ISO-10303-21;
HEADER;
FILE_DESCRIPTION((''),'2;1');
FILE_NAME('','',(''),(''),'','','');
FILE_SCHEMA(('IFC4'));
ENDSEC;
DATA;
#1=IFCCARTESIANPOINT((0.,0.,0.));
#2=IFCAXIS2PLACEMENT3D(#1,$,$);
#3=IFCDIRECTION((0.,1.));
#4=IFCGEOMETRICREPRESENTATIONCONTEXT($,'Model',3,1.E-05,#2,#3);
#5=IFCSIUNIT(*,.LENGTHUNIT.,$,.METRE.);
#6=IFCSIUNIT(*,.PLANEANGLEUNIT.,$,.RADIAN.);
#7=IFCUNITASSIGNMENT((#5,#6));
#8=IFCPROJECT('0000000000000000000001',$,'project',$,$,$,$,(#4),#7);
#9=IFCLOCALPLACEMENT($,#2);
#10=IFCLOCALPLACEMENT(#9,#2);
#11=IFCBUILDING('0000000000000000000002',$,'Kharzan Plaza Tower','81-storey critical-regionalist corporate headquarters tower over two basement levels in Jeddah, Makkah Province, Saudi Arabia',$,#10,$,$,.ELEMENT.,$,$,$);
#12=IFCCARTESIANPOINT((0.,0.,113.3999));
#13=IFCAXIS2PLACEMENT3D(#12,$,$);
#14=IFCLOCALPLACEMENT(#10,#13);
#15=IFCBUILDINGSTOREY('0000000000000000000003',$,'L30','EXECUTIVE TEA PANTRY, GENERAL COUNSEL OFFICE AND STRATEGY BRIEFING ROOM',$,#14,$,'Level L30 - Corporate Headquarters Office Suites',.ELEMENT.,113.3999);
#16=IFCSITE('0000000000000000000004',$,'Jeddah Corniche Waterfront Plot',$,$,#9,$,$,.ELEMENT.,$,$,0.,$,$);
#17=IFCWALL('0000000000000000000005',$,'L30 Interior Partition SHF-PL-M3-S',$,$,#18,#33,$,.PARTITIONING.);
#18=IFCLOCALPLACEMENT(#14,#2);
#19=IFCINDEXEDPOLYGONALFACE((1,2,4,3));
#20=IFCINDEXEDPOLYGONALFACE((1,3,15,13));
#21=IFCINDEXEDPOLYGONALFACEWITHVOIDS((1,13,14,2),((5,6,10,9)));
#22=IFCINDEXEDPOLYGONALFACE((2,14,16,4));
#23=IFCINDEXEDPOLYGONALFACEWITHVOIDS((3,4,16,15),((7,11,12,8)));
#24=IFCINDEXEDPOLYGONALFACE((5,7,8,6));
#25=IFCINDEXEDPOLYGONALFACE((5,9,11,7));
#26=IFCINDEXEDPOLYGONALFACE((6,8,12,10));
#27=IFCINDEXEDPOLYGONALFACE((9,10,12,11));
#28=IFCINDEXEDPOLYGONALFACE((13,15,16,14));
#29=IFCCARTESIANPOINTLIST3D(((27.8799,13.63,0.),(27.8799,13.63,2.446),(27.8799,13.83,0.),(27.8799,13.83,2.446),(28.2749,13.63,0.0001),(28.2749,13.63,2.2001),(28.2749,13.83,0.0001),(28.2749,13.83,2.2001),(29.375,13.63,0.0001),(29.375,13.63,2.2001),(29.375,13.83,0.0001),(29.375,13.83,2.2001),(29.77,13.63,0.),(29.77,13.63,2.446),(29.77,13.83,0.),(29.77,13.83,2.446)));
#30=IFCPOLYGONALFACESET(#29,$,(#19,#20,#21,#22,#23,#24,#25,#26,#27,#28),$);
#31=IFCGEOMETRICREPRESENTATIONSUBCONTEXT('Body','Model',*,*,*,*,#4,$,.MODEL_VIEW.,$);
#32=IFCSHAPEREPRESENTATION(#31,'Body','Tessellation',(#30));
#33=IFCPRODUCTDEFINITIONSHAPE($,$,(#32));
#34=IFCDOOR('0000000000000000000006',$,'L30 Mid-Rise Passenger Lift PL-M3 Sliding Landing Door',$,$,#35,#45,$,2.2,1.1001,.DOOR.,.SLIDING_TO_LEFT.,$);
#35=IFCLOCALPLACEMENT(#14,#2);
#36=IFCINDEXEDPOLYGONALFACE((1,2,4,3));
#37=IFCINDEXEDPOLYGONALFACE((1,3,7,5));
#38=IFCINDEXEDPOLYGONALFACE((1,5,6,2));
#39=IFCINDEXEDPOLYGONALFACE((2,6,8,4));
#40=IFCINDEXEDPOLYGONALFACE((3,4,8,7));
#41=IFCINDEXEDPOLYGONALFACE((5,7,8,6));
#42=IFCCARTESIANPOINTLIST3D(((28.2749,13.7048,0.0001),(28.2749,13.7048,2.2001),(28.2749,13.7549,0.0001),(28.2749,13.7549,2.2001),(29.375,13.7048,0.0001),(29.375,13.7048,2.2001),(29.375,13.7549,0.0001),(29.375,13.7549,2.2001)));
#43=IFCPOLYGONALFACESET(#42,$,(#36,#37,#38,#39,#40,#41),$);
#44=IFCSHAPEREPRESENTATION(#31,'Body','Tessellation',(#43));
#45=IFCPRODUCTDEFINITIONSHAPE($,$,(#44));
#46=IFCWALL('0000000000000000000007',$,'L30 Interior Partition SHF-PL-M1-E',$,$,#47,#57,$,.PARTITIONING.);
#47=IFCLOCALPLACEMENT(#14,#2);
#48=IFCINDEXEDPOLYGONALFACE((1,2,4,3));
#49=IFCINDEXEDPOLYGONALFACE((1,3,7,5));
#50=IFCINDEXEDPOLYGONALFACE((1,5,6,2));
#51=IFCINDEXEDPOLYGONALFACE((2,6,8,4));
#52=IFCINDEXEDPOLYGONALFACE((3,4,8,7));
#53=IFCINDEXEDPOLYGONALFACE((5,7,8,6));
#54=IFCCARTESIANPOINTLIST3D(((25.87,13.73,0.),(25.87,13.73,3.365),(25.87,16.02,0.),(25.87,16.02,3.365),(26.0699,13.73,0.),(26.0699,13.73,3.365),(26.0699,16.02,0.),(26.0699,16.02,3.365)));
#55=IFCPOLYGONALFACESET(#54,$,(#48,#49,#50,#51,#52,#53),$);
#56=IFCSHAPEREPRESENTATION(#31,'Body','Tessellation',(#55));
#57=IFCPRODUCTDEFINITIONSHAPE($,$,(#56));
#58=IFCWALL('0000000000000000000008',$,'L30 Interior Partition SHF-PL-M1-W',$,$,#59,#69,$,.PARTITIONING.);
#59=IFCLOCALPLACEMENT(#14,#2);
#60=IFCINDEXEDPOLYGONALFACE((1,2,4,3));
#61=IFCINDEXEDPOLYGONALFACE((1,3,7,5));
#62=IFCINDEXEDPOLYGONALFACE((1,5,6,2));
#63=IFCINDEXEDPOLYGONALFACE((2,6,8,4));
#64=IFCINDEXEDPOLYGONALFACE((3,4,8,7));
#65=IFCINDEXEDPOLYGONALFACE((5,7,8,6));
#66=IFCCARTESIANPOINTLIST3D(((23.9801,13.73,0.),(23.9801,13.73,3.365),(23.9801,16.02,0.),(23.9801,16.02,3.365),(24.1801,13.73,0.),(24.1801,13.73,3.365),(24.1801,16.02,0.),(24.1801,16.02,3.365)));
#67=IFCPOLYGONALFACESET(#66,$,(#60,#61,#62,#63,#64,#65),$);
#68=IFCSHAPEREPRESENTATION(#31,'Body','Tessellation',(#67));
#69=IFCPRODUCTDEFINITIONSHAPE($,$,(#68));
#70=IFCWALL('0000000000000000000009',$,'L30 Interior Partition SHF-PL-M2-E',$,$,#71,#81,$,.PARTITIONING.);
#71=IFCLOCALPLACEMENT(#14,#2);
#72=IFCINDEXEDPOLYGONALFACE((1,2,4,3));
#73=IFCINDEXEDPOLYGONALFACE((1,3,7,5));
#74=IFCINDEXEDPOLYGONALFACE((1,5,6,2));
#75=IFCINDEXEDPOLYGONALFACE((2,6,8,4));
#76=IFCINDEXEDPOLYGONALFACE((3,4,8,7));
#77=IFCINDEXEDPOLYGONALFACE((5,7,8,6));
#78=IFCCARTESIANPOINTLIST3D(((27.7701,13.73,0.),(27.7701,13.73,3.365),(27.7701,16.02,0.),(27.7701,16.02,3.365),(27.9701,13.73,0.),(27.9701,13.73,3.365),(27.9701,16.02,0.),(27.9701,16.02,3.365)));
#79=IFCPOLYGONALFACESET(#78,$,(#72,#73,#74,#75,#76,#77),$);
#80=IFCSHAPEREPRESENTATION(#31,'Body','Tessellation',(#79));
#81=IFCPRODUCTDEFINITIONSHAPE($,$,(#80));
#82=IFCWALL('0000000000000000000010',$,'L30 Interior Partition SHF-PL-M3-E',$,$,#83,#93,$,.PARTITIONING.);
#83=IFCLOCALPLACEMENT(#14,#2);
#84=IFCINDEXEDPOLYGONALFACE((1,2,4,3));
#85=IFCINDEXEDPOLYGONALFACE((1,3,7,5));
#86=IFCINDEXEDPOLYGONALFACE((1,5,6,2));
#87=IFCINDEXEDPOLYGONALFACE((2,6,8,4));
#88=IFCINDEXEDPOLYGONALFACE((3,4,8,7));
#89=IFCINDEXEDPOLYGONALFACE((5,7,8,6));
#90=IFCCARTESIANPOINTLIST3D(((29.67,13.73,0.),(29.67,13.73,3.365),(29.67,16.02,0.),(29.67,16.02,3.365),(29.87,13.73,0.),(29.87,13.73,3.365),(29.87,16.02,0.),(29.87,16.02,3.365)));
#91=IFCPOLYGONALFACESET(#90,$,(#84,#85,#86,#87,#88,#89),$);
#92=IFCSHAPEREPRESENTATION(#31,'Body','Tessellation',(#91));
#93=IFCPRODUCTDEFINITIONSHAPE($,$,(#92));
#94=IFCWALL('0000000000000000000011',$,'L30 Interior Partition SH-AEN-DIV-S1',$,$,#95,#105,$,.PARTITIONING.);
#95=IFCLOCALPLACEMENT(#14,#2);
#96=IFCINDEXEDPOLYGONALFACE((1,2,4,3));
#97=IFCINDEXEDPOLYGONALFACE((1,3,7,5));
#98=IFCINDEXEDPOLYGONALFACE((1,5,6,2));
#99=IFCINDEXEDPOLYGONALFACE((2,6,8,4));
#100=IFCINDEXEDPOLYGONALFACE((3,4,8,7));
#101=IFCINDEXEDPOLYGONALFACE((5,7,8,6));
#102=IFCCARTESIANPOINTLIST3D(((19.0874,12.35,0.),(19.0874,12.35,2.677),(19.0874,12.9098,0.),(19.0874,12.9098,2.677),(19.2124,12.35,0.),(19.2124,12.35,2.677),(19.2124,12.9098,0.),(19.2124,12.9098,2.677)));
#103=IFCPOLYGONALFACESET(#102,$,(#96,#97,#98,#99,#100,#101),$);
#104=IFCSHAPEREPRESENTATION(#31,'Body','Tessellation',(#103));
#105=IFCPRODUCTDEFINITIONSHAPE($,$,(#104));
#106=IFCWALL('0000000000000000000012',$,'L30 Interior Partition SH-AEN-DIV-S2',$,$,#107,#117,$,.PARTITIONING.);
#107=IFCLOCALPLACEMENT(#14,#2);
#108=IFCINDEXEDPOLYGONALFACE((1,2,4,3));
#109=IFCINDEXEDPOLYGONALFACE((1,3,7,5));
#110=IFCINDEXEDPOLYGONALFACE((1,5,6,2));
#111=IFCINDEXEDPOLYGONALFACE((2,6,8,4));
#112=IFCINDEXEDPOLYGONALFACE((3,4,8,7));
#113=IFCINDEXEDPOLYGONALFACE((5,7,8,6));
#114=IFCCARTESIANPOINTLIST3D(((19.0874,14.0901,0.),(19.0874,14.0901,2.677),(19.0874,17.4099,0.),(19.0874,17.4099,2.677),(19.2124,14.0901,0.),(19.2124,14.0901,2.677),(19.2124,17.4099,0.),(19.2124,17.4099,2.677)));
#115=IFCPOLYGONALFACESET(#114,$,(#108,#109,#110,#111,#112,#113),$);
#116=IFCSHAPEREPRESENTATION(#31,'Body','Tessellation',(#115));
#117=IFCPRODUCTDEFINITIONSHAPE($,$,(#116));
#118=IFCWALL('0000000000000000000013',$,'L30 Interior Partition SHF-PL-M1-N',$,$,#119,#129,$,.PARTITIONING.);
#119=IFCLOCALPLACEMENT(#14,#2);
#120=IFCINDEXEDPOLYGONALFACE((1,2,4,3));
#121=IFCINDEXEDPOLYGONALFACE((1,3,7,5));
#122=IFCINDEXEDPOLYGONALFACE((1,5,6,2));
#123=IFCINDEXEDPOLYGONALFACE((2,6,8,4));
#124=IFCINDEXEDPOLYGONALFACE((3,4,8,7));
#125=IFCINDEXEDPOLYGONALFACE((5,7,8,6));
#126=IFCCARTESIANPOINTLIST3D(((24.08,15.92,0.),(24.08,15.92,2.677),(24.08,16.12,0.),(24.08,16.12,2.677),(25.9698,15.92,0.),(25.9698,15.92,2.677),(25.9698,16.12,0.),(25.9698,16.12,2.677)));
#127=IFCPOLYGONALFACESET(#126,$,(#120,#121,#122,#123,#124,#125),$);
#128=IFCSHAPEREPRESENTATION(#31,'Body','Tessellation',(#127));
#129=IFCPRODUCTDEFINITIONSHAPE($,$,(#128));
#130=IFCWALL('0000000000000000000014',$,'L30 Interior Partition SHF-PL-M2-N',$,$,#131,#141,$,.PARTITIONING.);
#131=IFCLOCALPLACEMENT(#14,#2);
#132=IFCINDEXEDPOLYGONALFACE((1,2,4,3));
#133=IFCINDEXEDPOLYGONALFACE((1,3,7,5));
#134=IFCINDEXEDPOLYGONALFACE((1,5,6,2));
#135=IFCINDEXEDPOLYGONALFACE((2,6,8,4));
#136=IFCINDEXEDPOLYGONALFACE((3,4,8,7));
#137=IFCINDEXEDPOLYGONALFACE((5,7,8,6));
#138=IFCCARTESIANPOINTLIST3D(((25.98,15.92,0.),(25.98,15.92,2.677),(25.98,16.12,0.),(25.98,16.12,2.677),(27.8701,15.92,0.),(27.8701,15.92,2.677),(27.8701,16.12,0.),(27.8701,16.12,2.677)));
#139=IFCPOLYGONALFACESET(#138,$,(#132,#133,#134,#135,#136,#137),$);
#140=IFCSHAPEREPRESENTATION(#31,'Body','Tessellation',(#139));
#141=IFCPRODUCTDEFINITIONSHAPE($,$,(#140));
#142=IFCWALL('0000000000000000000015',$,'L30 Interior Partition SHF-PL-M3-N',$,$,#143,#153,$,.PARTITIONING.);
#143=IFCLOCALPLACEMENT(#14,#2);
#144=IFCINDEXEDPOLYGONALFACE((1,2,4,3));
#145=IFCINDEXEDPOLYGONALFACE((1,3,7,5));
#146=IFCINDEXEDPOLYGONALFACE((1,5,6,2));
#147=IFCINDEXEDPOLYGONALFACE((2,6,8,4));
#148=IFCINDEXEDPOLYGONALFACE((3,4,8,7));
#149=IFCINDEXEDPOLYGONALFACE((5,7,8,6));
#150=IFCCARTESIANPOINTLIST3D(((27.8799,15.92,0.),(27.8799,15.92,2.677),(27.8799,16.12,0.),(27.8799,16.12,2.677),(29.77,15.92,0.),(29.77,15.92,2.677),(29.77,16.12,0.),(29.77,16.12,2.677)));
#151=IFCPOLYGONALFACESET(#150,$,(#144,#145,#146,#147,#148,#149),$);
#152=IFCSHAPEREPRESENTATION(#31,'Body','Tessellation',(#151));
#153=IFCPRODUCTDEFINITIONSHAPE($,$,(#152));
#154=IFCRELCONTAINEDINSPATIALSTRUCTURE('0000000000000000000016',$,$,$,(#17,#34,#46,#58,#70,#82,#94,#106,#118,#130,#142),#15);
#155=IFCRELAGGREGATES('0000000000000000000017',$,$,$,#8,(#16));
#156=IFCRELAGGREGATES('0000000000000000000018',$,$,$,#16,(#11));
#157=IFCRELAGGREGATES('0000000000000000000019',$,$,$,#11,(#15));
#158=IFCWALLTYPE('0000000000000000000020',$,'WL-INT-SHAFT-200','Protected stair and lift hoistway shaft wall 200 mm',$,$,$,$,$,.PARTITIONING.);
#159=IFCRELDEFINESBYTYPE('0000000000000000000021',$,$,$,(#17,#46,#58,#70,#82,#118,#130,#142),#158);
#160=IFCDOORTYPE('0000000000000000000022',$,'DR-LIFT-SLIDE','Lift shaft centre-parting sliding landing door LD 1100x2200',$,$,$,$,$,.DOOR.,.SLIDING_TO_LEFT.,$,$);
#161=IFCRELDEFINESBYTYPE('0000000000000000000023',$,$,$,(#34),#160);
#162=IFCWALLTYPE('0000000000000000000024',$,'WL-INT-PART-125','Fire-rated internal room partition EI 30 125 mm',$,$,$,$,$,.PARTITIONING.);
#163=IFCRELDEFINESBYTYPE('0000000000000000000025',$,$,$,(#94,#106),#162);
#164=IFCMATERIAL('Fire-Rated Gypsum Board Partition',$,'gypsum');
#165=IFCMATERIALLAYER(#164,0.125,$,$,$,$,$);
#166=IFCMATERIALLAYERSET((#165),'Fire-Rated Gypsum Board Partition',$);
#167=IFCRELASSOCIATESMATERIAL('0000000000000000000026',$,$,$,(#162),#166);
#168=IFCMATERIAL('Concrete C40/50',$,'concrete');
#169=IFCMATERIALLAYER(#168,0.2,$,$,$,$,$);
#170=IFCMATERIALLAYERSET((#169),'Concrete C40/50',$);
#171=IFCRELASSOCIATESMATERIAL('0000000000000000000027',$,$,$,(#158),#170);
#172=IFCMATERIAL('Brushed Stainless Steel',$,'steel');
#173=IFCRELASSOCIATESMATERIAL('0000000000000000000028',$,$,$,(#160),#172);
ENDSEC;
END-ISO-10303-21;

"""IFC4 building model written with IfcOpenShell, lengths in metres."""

from ifc_helpers import new_model, si_unit, direction, frame, frame_2d, origin, place, context, subcontext, project, spatial, rectangle, extrude, source, transform, mapped, material, layer, layer_set, type_object, element, fill, save


model = new_model("IFC4")

# Units and contexts
model_context = context("Model", 3, precision=1e-05, world=origin(), true_north=direction((0.0, 1.0)))
body_context = subcontext(model_context, "Body", "Model", "MODEL_VIEW")
ifc_project = project(units=[si_unit("LENGTHUNIT", "METRE"), si_unit("PLANEANGLEUNIT", "RADIAN")], contexts=[model_context])

# Site, building, storey
site_placement = place(None, origin())
site = spatial("IfcSite", under=ifc_project, at=site_placement, Name="Jeddah Corniche Waterfront Plot", CompositionType="ELEMENT", RefElevation=0.0)
building_placement = place(site_placement, origin())
building = spatial("IfcBuilding", under=site, at=building_placement, Name="Kharzan Plaza Tower", Description="81-storey critical-regionalist corporate headquarters tower over two basement levels in Jeddah, Makkah Province, Saudi Arabia", CompositionType="ELEMENT")
storey_placement = place(building_placement, frame((0.0, 0.0, 113.3999)))
storey = spatial("IfcBuildingStorey", under=building, at=storey_placement, Name="L30", Description="EXECUTIVE TEA PANTRY, GENERAL COUNSEL OFFICE AND STRATEGY BRIEFING ROOM", LongName="Level L30 - Corporate Headquarters Office Suites", CompositionType="ELEMENT", Elevation=113.3999)

# Wall, opening, door
ifc_material_1 = material(Name="Fire-Rated Gypsum Board Partition", Category="gypsum")
ifc_layer_1 = layer(ifc_material_1, 0.125)
ifc_layer_set_1 = layer_set([ifc_layer_1], Name="Fire-Rated Gypsum Board Partition")
wall_type_1 = type_object("IfcWallType", Name="WL-INT-PART-125", Description="Fire-rated internal room partition EI 30 125 mm", PredefinedType="PARTITIONING", material=ifc_layer_set_1)
ifc_material_2 = material(Name="Concrete C40/50", Category="concrete")
ifc_layer_2 = layer(ifc_material_2, 0.2)
ifc_layer_set_2 = layer_set([ifc_layer_2], Name="Concrete C40/50")
wall_type_2 = type_object("IfcWallType", Name="WL-INT-SHAFT-200", Description="Protected stair and lift hoistway shaft wall 200 mm", PredefinedType="PARTITIONING", material=ifc_layer_set_2)
ifc_material_3 = material(Name="Brushed Stainless Steel", Category="steel")
door_type_1 = type_object("IfcDoorType", Name="DR-LIFT-SLIDE", Description="Lift shaft centre-parting sliding landing door LD 1100x2200", OperationType="SLIDING_TO_LEFT", PredefinedType="DOOR", material=ifc_material_3)
shared_shape_1 = source(origin(), body_context, "Body", "SweptSolid", [
    extrude(rectangle(XDim=1.1001, YDim=2.2, at=frame_2d((0.55, 1.1001))), frame((0.0, 0.0249, 0.0), z_axis=(0.0, -1.0, 0.0), x_axis=(1.0, 0.0, 0.0)), (0.0, 0.0, 1.0), 0.05),
])
wall_1_placement = place(storey_placement, frame((27.8799, 13.73, 0.0), z_axis=(0.0, 0.0, 1.0), x_axis=(1.0, 0.0, 0.0)))
wall_1 = element("IfcWall", 1, at=wall_1_placement, inside=storey, type_object=wall_type_2, Name="L30 Interior Partition SHF-PL-M3-S", PredefinedType="PARTITIONING", context=body_context, shape_type="SweptSolid", body=[
    extrude(rectangle(XDim=1.8901, YDim=0.2, at=frame_2d((0.9451, 0.0))), origin(), (0.0, 0.0, 1.0), 2.446),
])
opening_1_placement = place(wall_1_placement, frame((0.395, 0.0, 0.0)))
opening_1 = element("IfcOpeningElement", 2, at=opening_1_placement, cuts=wall_1, PredefinedType="OPENING", context=body_context, shape_type="SweptSolid", body=[
    extrude(rectangle(XDim=1.1001, YDim=2.2, at=frame_2d((0.55, 1.1001))), frame((0.0, 0.1099, 0.0), z_axis=(0.0, -1.0, 0.0), x_axis=(1.0, 0.0, 0.0)), (0.0, 0.0, 1.0), 0.22),
])
door_1_placement = place(opening_1_placement, origin())
door_1 = element("IfcDoor", 3, at=door_1_placement, inside=storey, type_object=door_type_1, Name="L30 Mid-Rise Passenger Lift PL-M3 Sliding Landing Door", OperationType="SLIDING_TO_LEFT", OverallHeight=2.2, OverallWidth=1.1001, PredefinedType="DOOR", context=body_context, shape_type="MappedRepresentation", body=[
    mapped(shared_shape_1, transform((0.0, 0.0, 0.0), x_axis=(1.0, 0.0, 0.0), y_axis=(0.0, 1.0, 0.0), z_axis=(0.0, 0.0, 1.0))),
])
fill(opening_1, door_1)

# Walls
shared_shape_2 = source(origin(), body_context, "Body", "SweptSolid", [
    extrude(rectangle(XDim=2.29, YDim=0.2, at=frame_2d((1.145, 0.0))), origin(), (0.0, 0.0, 1.0), 3.365),
])
for number, where, z_axis, x_axis, name in (
    (4, (25.97, 13.73, 0.0), (0.0, 0.0, 1.0), (0.0, 1.0, 0.0), "L30 Interior Partition SHF-PL-M1-E"),
    (5, (24.0801, 13.73, 0.0), (0.0, 0.0, 1.0), (0.0, 1.0, 0.0), "L30 Interior Partition SHF-PL-M1-W"),
    (6, (27.8701, 13.73, 0.0), (0.0, 0.0, 1.0), (0.0, 1.0, 0.0), "L30 Interior Partition SHF-PL-M2-E"),
    (7, (29.77, 13.73, 0.0), (0.0, 0.0, 1.0), (0.0, 1.0, 0.0), "L30 Interior Partition SHF-PL-M3-E"),
):
    element("IfcWall", number, at=place(storey_placement, frame(where, z_axis=z_axis, x_axis=x_axis)), inside=storey, type_object=wall_type_2, Name=name, PredefinedType="PARTITIONING", context=body_context, shape_type="MappedRepresentation", body=[
        mapped(shared_shape_2, transform((0.0, 0.0, 0.0), x_axis=(1.0, 0.0, 0.0), y_axis=(0.0, 1.0, 0.0), z_axis=(0.0, 0.0, 1.0))),
    ])
shared_shape_3 = source(origin(), body_context, "Body", "SweptSolid", [
    extrude(rectangle(XDim=0.5598, YDim=0.125, at=frame_2d((0.2798, 0.0))), origin(), (0.0, 0.0, 1.0), 2.677),
])
wall_2_placement = place(storey_placement, frame((19.1499, 12.3501, 0.0), z_axis=(0.0, 0.0, 1.0), x_axis=(0.0, 1.0, 0.0)))
element("IfcWall", 8, at=wall_2_placement, inside=storey, type_object=wall_type_1, Name="L30 Interior Partition SH-AEN-DIV-S1", PredefinedType="PARTITIONING", context=body_context, shape_type="MappedRepresentation", body=[
    mapped(shared_shape_3, transform((0.0, 0.0, 0.0), x_axis=(1.0, 0.0, 0.0), y_axis=(0.0, 1.0, 0.0), z_axis=(0.0, 0.0, 1.0))),
])
shared_shape_4 = source(origin(), body_context, "Body", "SweptSolid", [
    extrude(rectangle(XDim=3.3198, YDim=0.125, at=frame_2d((1.6599, 0.0))), origin(), (0.0, 0.0, 1.0), 2.677),
])
wall_3_placement = place(storey_placement, frame((19.1499, 14.0901, 0.0), z_axis=(0.0, 0.0, 1.0), x_axis=(0.0, 1.0, 0.0)))
element("IfcWall", 9, at=wall_3_placement, inside=storey, type_object=wall_type_1, Name="L30 Interior Partition SH-AEN-DIV-S2", PredefinedType="PARTITIONING", context=body_context, shape_type="MappedRepresentation", body=[
    mapped(shared_shape_4, transform((0.0, 0.0, 0.0), x_axis=(1.0, 0.0, 0.0), y_axis=(0.0, 1.0, 0.0), z_axis=(0.0, 0.0, 1.0))),
])
shared_shape_5 = source(origin(), body_context, "Body", "SweptSolid", [
    extrude(rectangle(XDim=1.8899, YDim=0.2, at=frame_2d((0.9448, 0.0))), origin(), (0.0, 0.0, 1.0), 2.677),
])
wall_4_placement = place(storey_placement, frame((24.0801, 16.02, 0.0), z_axis=(0.0, 0.0, 1.0), x_axis=(1.0, 0.0, 0.0)))
element("IfcWall", 10, at=wall_4_placement, inside=storey, type_object=wall_type_2, Name="L30 Interior Partition SHF-PL-M1-N", PredefinedType="PARTITIONING", context=body_context, shape_type="MappedRepresentation", body=[
    mapped(shared_shape_5, transform((0.0, 0.0, 0.0), x_axis=(1.0, 0.0, 0.0), y_axis=(0.0, 1.0, 0.0), z_axis=(0.0, 0.0, 1.0))),
])
shared_shape_6 = source(origin(), body_context, "Body", "SweptSolid", [
    extrude(rectangle(XDim=1.8901, YDim=0.2, at=frame_2d((0.9451, 0.0))), origin(), (0.0, 0.0, 1.0), 2.677),
])
for number, where, z_axis, x_axis, name in (
    (11, (25.98, 16.02, 0.0), (0.0, 0.0, 1.0), (1.0, 0.0, 0.0), "L30 Interior Partition SHF-PL-M2-N"),
    (12, (27.8799, 16.02, 0.0), (0.0, 0.0, 1.0), (1.0, 0.0, 0.0), "L30 Interior Partition SHF-PL-M3-N"),
):
    element("IfcWall", number, at=place(storey_placement, frame(where, z_axis=z_axis, x_axis=x_axis)), inside=storey, type_object=wall_type_2, Name=name, PredefinedType="PARTITIONING", context=body_context, shape_type="MappedRepresentation", body=[
        mapped(shared_shape_6, transform((0.0, 0.0, 0.0), x_axis=(1.0, 0.0, 0.0), y_axis=(0.0, 1.0, 0.0), z_axis=(0.0, 0.0, 1.0))),
    ])

save(model, "model.ifc")
